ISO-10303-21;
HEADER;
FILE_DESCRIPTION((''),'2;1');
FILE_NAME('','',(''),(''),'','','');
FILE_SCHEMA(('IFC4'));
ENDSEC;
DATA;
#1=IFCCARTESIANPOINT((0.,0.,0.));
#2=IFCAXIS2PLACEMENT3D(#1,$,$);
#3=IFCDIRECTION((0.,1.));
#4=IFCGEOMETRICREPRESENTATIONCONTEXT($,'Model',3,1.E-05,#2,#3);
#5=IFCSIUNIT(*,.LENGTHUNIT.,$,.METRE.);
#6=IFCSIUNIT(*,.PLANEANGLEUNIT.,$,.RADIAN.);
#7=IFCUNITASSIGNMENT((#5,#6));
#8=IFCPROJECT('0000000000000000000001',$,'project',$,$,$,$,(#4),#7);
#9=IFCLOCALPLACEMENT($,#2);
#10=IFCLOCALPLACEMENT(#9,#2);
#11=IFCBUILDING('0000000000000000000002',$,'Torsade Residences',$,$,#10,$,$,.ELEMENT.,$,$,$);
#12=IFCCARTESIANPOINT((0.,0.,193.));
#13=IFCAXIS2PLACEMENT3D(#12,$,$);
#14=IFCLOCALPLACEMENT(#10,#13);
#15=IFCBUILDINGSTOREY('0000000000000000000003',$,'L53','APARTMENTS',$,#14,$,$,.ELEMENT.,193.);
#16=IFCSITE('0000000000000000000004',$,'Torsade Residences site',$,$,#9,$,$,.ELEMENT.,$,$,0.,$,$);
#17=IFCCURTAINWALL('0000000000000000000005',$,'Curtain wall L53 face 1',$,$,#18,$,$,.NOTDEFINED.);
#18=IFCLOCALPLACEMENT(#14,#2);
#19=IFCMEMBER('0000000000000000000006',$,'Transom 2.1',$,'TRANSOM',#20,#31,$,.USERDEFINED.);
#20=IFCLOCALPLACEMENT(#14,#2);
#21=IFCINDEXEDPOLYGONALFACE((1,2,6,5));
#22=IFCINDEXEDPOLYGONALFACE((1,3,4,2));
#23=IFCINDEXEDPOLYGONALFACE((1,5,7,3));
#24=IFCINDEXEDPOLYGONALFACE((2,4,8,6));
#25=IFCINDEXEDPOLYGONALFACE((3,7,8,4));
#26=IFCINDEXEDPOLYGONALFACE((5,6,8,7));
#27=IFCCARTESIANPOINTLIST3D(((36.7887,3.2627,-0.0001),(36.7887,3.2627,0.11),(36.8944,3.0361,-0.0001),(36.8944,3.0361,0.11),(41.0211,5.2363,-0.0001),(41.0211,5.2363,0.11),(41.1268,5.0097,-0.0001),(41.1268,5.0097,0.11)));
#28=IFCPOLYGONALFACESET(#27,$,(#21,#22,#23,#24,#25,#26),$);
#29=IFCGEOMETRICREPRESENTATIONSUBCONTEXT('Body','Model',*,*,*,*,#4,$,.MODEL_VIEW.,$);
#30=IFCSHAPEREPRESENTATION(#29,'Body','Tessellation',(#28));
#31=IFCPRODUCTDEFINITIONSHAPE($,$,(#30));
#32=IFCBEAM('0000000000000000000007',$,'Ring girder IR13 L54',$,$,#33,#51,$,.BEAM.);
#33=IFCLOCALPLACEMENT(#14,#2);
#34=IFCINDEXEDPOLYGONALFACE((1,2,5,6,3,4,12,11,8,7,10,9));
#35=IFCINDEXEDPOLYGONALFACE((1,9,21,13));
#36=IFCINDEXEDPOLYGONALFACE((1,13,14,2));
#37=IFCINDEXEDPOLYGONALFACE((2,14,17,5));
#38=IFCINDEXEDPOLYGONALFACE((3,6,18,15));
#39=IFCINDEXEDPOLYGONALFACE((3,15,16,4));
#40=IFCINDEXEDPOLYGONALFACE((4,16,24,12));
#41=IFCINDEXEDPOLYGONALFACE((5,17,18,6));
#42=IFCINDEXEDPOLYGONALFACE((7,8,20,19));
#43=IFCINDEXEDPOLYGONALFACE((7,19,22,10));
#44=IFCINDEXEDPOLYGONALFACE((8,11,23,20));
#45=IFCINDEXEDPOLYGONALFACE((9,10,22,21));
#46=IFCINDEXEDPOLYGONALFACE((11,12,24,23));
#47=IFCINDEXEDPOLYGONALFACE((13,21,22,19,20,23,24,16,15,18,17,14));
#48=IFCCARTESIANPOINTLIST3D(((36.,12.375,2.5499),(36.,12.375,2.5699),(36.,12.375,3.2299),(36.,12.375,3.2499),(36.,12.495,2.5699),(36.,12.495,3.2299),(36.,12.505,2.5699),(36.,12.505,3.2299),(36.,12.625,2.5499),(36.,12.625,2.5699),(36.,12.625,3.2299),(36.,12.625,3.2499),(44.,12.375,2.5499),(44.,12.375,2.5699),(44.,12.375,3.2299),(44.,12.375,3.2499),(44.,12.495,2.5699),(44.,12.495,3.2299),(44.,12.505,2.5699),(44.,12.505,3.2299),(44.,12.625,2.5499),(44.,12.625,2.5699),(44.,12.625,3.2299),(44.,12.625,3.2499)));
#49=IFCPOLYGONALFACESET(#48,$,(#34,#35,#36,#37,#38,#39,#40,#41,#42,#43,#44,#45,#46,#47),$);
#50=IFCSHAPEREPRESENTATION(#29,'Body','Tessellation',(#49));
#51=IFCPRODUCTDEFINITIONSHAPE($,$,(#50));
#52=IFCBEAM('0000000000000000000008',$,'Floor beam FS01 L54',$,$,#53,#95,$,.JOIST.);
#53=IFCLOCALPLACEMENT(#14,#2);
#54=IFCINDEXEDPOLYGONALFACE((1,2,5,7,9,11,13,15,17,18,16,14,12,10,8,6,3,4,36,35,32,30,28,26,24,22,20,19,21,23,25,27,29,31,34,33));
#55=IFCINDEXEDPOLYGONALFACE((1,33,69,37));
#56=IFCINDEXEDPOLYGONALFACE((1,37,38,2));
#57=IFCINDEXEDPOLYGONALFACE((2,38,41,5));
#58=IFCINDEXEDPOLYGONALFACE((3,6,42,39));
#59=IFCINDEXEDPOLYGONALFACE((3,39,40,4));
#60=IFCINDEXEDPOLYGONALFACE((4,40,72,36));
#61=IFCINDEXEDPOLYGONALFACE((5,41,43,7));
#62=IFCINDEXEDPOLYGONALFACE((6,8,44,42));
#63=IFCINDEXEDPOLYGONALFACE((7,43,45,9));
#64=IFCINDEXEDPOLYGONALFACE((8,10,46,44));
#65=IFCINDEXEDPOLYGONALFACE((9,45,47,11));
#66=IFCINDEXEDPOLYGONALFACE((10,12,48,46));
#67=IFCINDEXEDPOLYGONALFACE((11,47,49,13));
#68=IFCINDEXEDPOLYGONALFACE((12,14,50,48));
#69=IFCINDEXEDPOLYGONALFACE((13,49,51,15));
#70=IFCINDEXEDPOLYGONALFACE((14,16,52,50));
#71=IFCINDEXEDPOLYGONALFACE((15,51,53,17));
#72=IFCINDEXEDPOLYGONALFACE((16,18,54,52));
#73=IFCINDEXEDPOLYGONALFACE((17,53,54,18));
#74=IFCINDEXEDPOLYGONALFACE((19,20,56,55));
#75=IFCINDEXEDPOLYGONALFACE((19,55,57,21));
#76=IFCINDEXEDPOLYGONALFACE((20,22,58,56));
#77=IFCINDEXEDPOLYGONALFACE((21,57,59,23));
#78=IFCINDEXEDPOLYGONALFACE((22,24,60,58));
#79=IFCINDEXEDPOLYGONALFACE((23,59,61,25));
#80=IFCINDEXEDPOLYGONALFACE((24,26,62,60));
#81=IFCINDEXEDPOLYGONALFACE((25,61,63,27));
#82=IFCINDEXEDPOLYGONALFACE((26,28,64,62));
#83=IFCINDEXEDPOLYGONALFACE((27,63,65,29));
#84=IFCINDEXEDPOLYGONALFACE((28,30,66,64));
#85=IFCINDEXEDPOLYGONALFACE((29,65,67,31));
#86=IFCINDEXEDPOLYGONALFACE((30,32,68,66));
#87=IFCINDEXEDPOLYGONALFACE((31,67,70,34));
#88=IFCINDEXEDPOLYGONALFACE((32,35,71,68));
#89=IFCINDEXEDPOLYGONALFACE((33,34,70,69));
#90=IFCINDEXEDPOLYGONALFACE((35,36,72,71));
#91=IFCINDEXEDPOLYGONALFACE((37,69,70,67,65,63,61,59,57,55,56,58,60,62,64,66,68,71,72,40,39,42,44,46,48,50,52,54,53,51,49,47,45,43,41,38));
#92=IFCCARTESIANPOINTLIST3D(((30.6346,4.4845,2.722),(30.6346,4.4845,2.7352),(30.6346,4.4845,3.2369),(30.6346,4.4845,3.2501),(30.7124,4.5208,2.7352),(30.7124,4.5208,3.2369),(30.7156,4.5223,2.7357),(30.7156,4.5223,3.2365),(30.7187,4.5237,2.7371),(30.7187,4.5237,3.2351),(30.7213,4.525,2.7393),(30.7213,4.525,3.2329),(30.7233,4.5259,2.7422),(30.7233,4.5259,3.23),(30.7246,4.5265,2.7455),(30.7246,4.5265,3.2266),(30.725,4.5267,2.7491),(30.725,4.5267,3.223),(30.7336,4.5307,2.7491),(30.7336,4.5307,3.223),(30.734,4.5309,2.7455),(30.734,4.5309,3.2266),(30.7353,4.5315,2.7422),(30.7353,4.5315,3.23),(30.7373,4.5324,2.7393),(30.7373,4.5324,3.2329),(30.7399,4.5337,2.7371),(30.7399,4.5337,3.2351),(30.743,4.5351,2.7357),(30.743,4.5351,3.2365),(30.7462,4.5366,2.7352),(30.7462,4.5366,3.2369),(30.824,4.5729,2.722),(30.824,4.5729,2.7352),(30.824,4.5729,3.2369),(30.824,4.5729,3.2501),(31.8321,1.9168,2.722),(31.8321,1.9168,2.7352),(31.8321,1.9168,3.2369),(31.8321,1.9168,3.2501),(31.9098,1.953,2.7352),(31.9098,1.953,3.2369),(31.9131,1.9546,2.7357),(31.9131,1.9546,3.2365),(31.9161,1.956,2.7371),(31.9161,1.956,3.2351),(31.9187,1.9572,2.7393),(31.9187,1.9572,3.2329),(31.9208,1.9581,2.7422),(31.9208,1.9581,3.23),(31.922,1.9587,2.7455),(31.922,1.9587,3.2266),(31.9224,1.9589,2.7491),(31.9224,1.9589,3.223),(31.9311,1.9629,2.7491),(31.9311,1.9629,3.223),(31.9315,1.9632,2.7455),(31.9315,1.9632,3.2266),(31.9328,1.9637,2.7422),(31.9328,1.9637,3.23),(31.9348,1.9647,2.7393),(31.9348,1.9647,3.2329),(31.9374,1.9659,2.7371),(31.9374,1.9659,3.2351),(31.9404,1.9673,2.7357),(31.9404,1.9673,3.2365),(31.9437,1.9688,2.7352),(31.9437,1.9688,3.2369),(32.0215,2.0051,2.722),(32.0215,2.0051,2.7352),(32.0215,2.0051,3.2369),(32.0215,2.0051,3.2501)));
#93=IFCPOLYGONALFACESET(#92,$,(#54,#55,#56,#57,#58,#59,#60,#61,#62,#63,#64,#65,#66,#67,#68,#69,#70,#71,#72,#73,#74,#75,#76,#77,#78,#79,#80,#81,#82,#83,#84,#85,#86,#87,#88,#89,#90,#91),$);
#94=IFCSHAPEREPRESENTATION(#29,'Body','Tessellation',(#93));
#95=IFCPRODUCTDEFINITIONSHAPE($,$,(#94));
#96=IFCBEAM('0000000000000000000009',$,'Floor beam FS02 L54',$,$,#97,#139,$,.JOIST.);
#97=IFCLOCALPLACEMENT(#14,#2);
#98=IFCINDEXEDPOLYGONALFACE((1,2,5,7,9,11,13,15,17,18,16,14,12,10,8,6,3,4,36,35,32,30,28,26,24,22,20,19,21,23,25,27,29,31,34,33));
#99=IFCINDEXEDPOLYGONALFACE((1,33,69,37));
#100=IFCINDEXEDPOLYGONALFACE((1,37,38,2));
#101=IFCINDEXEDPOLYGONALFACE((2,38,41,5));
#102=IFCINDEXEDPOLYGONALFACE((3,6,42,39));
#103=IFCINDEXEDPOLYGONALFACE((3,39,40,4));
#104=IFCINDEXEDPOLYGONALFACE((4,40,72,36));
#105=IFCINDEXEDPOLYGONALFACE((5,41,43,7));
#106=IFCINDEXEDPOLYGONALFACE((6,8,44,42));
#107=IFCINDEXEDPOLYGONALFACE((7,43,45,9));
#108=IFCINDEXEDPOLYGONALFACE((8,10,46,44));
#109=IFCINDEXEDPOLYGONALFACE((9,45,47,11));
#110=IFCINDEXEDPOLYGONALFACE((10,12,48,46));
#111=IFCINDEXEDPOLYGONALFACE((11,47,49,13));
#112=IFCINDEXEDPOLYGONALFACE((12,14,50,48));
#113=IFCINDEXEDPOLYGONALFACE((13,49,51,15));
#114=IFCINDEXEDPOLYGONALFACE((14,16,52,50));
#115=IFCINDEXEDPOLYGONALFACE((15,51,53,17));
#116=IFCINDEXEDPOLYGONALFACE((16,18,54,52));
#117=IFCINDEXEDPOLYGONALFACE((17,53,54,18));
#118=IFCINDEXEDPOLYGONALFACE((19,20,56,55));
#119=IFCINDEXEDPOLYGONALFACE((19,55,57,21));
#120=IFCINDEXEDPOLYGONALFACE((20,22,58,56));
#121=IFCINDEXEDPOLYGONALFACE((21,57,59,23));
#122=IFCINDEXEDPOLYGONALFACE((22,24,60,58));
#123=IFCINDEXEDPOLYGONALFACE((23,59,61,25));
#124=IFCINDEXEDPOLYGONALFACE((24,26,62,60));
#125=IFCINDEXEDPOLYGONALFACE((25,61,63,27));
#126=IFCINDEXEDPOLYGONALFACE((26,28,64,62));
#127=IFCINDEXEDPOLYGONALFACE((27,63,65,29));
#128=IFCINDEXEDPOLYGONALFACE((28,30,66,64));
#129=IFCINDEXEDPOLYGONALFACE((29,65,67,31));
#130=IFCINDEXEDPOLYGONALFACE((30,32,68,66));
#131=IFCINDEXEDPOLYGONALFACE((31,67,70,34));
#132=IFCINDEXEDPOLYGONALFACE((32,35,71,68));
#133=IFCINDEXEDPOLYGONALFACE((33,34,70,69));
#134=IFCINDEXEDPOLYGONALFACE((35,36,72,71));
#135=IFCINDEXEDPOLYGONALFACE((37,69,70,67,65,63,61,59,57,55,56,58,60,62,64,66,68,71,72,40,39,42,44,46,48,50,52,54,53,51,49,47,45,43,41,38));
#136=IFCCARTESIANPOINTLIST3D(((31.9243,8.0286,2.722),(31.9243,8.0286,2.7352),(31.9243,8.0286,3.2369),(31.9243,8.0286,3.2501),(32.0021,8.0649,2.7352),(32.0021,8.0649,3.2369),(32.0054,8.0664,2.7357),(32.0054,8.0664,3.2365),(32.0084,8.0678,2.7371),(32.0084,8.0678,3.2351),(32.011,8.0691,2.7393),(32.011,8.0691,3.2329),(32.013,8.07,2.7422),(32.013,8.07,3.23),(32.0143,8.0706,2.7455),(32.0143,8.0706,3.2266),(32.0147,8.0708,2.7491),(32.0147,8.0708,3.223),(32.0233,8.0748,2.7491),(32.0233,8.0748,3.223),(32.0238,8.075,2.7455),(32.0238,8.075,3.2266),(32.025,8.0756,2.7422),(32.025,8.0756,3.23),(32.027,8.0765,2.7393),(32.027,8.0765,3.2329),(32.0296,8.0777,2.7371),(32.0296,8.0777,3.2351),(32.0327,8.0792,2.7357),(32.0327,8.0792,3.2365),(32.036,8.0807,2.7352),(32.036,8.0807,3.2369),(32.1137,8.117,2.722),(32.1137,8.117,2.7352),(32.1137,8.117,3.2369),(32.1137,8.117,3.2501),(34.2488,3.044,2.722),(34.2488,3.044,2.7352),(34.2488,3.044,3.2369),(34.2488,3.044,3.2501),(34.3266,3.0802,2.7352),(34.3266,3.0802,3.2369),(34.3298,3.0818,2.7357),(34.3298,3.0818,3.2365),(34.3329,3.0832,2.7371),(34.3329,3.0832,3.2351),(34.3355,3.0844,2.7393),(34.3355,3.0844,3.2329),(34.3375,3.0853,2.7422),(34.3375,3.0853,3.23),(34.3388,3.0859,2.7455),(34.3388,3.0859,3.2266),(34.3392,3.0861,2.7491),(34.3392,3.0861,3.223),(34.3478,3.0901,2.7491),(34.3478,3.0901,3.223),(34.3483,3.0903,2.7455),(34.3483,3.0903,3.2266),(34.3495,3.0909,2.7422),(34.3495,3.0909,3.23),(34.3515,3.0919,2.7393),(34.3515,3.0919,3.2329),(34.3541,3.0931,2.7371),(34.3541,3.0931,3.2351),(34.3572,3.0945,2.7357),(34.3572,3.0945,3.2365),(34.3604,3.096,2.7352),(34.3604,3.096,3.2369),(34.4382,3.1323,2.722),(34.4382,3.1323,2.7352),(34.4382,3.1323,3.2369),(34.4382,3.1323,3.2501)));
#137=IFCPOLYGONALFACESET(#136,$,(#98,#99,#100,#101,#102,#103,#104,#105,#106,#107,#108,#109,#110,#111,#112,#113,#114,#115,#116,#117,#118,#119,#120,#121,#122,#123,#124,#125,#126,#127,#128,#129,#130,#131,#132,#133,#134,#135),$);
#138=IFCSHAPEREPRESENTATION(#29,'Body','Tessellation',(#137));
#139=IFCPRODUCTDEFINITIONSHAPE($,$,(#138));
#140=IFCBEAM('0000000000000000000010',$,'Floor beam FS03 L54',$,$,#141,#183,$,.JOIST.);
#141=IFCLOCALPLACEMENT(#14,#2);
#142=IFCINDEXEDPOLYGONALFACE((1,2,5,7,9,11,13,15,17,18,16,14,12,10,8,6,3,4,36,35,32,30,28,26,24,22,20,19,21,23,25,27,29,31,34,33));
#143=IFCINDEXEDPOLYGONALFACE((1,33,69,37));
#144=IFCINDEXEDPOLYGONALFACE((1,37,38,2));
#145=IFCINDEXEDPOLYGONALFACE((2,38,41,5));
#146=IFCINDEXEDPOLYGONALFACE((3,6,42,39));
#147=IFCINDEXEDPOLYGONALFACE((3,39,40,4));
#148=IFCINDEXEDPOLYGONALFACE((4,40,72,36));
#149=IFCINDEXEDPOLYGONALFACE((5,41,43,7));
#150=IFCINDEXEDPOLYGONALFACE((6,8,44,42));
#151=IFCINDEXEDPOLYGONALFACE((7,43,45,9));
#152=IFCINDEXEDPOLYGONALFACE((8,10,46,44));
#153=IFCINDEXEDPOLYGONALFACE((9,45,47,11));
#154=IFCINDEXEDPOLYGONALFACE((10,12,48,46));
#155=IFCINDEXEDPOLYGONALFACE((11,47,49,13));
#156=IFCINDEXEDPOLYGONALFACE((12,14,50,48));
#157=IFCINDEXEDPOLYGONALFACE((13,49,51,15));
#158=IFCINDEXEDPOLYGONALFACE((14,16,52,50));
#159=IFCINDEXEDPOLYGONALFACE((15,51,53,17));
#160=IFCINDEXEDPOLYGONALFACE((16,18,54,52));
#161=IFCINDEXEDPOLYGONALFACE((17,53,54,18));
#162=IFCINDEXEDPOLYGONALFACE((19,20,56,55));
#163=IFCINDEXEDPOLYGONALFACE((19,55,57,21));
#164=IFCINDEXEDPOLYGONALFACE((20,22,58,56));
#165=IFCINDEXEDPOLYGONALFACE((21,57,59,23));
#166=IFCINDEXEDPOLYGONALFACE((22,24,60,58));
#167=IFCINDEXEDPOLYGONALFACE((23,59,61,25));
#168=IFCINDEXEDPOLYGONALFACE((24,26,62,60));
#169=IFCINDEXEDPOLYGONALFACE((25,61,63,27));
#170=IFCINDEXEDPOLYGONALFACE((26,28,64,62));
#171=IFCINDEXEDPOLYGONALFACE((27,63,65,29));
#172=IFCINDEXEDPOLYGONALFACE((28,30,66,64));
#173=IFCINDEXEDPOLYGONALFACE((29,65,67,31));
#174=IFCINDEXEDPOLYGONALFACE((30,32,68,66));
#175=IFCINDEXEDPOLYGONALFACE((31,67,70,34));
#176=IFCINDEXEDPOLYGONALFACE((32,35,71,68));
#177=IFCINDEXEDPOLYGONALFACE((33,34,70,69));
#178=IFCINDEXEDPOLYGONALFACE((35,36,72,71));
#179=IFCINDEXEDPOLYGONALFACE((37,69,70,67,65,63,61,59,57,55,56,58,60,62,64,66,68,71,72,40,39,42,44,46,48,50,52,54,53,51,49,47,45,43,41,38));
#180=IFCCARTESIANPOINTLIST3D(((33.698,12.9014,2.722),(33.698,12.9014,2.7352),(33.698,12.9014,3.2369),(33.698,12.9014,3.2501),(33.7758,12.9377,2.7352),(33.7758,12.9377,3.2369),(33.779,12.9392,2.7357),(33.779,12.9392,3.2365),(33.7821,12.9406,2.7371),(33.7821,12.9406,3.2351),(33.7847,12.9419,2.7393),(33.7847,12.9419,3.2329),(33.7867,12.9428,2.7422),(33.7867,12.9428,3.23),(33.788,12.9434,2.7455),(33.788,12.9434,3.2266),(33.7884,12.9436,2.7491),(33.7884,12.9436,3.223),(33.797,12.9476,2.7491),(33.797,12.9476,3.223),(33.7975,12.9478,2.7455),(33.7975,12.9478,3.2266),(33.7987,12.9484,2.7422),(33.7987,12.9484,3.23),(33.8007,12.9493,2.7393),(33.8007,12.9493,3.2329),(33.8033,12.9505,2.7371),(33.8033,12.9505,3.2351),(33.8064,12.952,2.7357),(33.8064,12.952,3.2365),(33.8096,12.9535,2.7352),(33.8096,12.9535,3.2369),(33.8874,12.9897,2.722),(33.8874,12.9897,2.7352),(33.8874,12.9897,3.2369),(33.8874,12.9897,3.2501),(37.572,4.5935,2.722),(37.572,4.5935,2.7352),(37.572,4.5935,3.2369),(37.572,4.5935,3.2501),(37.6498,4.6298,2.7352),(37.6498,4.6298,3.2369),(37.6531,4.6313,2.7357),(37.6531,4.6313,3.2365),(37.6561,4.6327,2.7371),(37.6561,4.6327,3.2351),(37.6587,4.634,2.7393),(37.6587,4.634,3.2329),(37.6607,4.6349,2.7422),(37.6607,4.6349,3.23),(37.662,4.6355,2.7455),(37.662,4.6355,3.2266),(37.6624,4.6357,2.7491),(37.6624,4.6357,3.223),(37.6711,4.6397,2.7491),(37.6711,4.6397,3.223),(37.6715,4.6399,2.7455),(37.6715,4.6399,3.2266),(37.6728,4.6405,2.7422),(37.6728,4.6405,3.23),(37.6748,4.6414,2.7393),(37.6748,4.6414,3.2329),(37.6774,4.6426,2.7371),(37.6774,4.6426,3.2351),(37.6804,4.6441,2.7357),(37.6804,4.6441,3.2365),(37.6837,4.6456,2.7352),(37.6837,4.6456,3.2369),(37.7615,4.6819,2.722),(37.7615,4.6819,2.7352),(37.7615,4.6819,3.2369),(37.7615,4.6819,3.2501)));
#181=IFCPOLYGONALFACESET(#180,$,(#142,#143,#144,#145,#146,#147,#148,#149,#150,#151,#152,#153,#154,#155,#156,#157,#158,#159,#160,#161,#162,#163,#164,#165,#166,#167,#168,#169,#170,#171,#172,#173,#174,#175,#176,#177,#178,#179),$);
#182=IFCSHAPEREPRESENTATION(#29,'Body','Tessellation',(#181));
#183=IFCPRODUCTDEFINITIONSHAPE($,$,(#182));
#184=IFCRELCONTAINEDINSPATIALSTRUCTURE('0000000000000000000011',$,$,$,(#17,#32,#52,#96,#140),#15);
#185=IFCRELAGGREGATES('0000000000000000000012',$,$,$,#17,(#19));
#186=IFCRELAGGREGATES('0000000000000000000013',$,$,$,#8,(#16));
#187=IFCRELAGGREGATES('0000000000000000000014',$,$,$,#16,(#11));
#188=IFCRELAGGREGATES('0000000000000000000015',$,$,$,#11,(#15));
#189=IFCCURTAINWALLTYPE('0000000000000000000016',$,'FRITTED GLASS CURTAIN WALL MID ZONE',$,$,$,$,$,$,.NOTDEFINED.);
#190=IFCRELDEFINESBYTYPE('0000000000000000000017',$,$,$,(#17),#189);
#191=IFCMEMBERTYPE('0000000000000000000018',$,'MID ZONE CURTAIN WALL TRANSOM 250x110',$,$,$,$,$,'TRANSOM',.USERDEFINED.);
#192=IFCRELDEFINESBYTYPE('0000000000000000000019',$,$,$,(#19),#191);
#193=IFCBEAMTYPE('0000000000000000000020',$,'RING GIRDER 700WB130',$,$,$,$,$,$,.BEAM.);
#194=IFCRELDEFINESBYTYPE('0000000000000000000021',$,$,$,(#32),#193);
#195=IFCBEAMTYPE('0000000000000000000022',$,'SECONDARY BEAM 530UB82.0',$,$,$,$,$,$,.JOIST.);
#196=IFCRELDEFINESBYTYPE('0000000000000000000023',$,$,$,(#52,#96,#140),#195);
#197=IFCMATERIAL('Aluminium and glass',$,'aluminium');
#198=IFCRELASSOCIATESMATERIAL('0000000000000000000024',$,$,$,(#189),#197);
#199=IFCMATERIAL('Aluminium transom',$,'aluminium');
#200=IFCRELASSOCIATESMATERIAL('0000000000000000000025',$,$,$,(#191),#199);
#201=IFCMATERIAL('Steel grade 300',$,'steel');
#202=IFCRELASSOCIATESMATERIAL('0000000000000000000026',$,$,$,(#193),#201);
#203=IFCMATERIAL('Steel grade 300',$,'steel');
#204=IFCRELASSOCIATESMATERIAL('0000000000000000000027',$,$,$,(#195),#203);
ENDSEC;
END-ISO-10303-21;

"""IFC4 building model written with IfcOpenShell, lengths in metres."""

from ifc_helpers import new_model, si_unit, direction, frame, origin, origin_2d, place, context, subcontext, project, spatial, rectangle, i_section, extrude, material, material_profile, profile_set, type_object, element, aggregate, save


model = new_model("IFC4")

# Units and contexts
model_context = context("Model", 3, precision=1e-05, world=origin(), true_north=direction((0.0, 1.0)))
body_context = subcontext(model_context, "Body", "Model", "MODEL_VIEW")
ifc_project = project(units=[si_unit("LENGTHUNIT", "METRE"), si_unit("PLANEANGLEUNIT", "RADIAN")], contexts=[model_context])

# Site, building, storey
site_placement = place(None, origin())
site = spatial("IfcSite", under=ifc_project, at=site_placement, Name="Torsade Residences site", CompositionType="ELEMENT", RefElevation=0.0)
building_placement = place(site_placement, origin())
building = spatial("IfcBuilding", under=site, at=building_placement, Name="Torsade Residences", CompositionType="ELEMENT")
storey_placement = place(building_placement, frame((0.0, 0.0, 193.0)))
storey = spatial("IfcBuildingStorey", under=building, at=storey_placement, Name="L53", Description="APARTMENTS", CompositionType="ELEMENT", Elevation=193.0)

# Curtain wall
ifc_material_1 = material(Name="Aluminium and glass", Category="aluminium")
curtain_wall_type = type_object("IfcCurtainWallType", Name="FRITTED GLASS CURTAIN WALL MID ZONE", PredefinedType="NOTDEFINED", material=ifc_material_1)
curtain_wall_1_placement = place(storey_placement, origin())
curtain_wall_1 = element("IfcCurtainWall", 1, at=curtain_wall_1_placement, inside=storey, type_object=curtain_wall_type, Name="Curtain wall L53 face 1", PredefinedType="NOTDEFINED")

# Member
ifc_material_2 = material(Name="Aluminium transom", Category="aluminium")
ifc_material_profile_1 = material_profile(ifc_material_2, rectangle(XDim=0.25, YDim=0.1101, at=origin_2d()), Name="MID ZONE CURTAIN WALL TRANSOM 250x110")
ifc_profile_set_1 = profile_set([ifc_material_profile_1], Name="Aluminium transom")
member_type_1 = type_object("IfcMemberType", Name="MID ZONE CURTAIN WALL TRANSOM 250x110", ElementType="TRANSOM", PredefinedType="USERDEFINED", material=ifc_profile_set_1)
member_1_placement = place(storey_placement, frame((36.8416, 3.1494, 0.0549), z_axis=(0.906306, 0.422622, 0.0), x_axis=(-0.422622, 0.906306, 0.0)))
member_1 = element("IfcMember", 2, at=member_1_placement, type_object=member_type_1, Name="Transom 2.1", ObjectType="TRANSOM", PredefinedType="USERDEFINED", context=body_context, shape_type="SweptSolid", body=[
    extrude(rectangle(XDim=0.25, YDim=0.1101, at=origin_2d()), origin(), (0.0, 0.0, 1.0), 4.6699),
])

# Beams
ifc_material_3 = material(Name="Steel grade 300", Category="steel")
ifc_material_profile_2 = material_profile(ifc_material_3, i_section(OverallWidth=0.25, OverallDepth=0.7, WebThickness=0.01, FlangeThickness=0.02, at=origin_2d()), Name="700WB130")
ifc_profile_set_2 = profile_set([ifc_material_profile_2], Name="Steel grade 300")
beam_type_1 = type_object("IfcBeamType", Name="RING GIRDER 700WB130", PredefinedType="BEAM", material=ifc_profile_set_2)
beam_1_placement = place(storey_placement, frame((36.0, 12.5, 2.8999), z_axis=(1.0, 0.0, 0.0), x_axis=(0.0, 1.0, 0.0)))
element("IfcBeam", 3, at=beam_1_placement, inside=storey, type_object=beam_type_1, Name="Ring girder IR13 L54", PredefinedType="BEAM", context=body_context, shape_type="SweptSolid", body=[
    extrude(i_section(OverallWidth=0.25, OverallDepth=0.7, WebThickness=0.01, FlangeThickness=0.02, at=origin_2d()), origin(), (0.0, 0.0, 1.0), 8.0),
])
ifc_material_4 = material(Name="Steel grade 300", Category="steel")
ifc_material_profile_3 = material_profile(ifc_material_4, i_section(OverallWidth=0.209, OverallDepth=0.5281, WebThickness=0.0095, FlangeThickness=0.0132, FilletRadius=0.0139, at=origin_2d()), Name="530UB82.0")
ifc_profile_set_3 = profile_set([ifc_material_profile_3], Name="Steel grade 300")
beam_type_2 = type_object("IfcBeamType", Name="SECONDARY BEAM 530UB82.0", PredefinedType="JOIST", material=ifc_profile_set_3)
beam_2_placement = place(storey_placement, frame((31.9268, 1.9609, 2.9861), z_axis=(-0.422645, 0.906295, 0.0), x_axis=(-0.906295, -0.422645, 0.0)))
element("IfcBeam", 4, at=beam_2_placement, inside=storey, type_object=beam_type_2, Name="Floor beam FS01 L54", PredefinedType="JOIST", context=body_context, shape_type="SweptSolid", body=[
    extrude(i_section(OverallWidth=0.209, OverallDepth=0.5281, WebThickness=0.0095, FlangeThickness=0.0132, FilletRadius=0.0139, at=origin_2d()), origin(), (0.0, 0.0, 1.0), 2.8333),
])
beam_3_placement = place(storey_placement, frame((34.3435, 3.0881, 2.9861), z_axis=(-0.422633, 0.906301, 0.0), x_axis=(-0.906301, -0.422633, 0.0)))
element("IfcBeam", 5, at=beam_3_placement, inside=storey, type_object=beam_type_2, Name="Floor beam FS02 L54", PredefinedType="JOIST", context=body_context, shape_type="SweptSolid", body=[
    extrude(i_section(OverallWidth=0.209, OverallDepth=0.5281, WebThickness=0.0095, FlangeThickness=0.0132, FilletRadius=0.0139, at=origin_2d()), origin(), (0.0, 0.0, 1.0), 5.5),
])
beam_4_placement = place(storey_placement, frame((37.6667, 4.6377, 2.9861), z_axis=(-0.422619, 0.906308, 0.0), x_axis=(-0.906308, -0.422619, 0.0)))
element("IfcBeam", 6, at=beam_4_placement, inside=storey, type_object=beam_type_2, Name="Floor beam FS03 L54", PredefinedType="JOIST", context=body_context, shape_type="SweptSolid", body=[
    extrude(i_section(OverallWidth=0.209, OverallDepth=0.5281, WebThickness=0.0095, FlangeThickness=0.0132, FilletRadius=0.0139, at=origin_2d()), origin(), (0.0, 0.0, 1.0), 9.1667),
])

aggregate(curtain_wall_1, [member_1])

save(model, "model.ifc")
